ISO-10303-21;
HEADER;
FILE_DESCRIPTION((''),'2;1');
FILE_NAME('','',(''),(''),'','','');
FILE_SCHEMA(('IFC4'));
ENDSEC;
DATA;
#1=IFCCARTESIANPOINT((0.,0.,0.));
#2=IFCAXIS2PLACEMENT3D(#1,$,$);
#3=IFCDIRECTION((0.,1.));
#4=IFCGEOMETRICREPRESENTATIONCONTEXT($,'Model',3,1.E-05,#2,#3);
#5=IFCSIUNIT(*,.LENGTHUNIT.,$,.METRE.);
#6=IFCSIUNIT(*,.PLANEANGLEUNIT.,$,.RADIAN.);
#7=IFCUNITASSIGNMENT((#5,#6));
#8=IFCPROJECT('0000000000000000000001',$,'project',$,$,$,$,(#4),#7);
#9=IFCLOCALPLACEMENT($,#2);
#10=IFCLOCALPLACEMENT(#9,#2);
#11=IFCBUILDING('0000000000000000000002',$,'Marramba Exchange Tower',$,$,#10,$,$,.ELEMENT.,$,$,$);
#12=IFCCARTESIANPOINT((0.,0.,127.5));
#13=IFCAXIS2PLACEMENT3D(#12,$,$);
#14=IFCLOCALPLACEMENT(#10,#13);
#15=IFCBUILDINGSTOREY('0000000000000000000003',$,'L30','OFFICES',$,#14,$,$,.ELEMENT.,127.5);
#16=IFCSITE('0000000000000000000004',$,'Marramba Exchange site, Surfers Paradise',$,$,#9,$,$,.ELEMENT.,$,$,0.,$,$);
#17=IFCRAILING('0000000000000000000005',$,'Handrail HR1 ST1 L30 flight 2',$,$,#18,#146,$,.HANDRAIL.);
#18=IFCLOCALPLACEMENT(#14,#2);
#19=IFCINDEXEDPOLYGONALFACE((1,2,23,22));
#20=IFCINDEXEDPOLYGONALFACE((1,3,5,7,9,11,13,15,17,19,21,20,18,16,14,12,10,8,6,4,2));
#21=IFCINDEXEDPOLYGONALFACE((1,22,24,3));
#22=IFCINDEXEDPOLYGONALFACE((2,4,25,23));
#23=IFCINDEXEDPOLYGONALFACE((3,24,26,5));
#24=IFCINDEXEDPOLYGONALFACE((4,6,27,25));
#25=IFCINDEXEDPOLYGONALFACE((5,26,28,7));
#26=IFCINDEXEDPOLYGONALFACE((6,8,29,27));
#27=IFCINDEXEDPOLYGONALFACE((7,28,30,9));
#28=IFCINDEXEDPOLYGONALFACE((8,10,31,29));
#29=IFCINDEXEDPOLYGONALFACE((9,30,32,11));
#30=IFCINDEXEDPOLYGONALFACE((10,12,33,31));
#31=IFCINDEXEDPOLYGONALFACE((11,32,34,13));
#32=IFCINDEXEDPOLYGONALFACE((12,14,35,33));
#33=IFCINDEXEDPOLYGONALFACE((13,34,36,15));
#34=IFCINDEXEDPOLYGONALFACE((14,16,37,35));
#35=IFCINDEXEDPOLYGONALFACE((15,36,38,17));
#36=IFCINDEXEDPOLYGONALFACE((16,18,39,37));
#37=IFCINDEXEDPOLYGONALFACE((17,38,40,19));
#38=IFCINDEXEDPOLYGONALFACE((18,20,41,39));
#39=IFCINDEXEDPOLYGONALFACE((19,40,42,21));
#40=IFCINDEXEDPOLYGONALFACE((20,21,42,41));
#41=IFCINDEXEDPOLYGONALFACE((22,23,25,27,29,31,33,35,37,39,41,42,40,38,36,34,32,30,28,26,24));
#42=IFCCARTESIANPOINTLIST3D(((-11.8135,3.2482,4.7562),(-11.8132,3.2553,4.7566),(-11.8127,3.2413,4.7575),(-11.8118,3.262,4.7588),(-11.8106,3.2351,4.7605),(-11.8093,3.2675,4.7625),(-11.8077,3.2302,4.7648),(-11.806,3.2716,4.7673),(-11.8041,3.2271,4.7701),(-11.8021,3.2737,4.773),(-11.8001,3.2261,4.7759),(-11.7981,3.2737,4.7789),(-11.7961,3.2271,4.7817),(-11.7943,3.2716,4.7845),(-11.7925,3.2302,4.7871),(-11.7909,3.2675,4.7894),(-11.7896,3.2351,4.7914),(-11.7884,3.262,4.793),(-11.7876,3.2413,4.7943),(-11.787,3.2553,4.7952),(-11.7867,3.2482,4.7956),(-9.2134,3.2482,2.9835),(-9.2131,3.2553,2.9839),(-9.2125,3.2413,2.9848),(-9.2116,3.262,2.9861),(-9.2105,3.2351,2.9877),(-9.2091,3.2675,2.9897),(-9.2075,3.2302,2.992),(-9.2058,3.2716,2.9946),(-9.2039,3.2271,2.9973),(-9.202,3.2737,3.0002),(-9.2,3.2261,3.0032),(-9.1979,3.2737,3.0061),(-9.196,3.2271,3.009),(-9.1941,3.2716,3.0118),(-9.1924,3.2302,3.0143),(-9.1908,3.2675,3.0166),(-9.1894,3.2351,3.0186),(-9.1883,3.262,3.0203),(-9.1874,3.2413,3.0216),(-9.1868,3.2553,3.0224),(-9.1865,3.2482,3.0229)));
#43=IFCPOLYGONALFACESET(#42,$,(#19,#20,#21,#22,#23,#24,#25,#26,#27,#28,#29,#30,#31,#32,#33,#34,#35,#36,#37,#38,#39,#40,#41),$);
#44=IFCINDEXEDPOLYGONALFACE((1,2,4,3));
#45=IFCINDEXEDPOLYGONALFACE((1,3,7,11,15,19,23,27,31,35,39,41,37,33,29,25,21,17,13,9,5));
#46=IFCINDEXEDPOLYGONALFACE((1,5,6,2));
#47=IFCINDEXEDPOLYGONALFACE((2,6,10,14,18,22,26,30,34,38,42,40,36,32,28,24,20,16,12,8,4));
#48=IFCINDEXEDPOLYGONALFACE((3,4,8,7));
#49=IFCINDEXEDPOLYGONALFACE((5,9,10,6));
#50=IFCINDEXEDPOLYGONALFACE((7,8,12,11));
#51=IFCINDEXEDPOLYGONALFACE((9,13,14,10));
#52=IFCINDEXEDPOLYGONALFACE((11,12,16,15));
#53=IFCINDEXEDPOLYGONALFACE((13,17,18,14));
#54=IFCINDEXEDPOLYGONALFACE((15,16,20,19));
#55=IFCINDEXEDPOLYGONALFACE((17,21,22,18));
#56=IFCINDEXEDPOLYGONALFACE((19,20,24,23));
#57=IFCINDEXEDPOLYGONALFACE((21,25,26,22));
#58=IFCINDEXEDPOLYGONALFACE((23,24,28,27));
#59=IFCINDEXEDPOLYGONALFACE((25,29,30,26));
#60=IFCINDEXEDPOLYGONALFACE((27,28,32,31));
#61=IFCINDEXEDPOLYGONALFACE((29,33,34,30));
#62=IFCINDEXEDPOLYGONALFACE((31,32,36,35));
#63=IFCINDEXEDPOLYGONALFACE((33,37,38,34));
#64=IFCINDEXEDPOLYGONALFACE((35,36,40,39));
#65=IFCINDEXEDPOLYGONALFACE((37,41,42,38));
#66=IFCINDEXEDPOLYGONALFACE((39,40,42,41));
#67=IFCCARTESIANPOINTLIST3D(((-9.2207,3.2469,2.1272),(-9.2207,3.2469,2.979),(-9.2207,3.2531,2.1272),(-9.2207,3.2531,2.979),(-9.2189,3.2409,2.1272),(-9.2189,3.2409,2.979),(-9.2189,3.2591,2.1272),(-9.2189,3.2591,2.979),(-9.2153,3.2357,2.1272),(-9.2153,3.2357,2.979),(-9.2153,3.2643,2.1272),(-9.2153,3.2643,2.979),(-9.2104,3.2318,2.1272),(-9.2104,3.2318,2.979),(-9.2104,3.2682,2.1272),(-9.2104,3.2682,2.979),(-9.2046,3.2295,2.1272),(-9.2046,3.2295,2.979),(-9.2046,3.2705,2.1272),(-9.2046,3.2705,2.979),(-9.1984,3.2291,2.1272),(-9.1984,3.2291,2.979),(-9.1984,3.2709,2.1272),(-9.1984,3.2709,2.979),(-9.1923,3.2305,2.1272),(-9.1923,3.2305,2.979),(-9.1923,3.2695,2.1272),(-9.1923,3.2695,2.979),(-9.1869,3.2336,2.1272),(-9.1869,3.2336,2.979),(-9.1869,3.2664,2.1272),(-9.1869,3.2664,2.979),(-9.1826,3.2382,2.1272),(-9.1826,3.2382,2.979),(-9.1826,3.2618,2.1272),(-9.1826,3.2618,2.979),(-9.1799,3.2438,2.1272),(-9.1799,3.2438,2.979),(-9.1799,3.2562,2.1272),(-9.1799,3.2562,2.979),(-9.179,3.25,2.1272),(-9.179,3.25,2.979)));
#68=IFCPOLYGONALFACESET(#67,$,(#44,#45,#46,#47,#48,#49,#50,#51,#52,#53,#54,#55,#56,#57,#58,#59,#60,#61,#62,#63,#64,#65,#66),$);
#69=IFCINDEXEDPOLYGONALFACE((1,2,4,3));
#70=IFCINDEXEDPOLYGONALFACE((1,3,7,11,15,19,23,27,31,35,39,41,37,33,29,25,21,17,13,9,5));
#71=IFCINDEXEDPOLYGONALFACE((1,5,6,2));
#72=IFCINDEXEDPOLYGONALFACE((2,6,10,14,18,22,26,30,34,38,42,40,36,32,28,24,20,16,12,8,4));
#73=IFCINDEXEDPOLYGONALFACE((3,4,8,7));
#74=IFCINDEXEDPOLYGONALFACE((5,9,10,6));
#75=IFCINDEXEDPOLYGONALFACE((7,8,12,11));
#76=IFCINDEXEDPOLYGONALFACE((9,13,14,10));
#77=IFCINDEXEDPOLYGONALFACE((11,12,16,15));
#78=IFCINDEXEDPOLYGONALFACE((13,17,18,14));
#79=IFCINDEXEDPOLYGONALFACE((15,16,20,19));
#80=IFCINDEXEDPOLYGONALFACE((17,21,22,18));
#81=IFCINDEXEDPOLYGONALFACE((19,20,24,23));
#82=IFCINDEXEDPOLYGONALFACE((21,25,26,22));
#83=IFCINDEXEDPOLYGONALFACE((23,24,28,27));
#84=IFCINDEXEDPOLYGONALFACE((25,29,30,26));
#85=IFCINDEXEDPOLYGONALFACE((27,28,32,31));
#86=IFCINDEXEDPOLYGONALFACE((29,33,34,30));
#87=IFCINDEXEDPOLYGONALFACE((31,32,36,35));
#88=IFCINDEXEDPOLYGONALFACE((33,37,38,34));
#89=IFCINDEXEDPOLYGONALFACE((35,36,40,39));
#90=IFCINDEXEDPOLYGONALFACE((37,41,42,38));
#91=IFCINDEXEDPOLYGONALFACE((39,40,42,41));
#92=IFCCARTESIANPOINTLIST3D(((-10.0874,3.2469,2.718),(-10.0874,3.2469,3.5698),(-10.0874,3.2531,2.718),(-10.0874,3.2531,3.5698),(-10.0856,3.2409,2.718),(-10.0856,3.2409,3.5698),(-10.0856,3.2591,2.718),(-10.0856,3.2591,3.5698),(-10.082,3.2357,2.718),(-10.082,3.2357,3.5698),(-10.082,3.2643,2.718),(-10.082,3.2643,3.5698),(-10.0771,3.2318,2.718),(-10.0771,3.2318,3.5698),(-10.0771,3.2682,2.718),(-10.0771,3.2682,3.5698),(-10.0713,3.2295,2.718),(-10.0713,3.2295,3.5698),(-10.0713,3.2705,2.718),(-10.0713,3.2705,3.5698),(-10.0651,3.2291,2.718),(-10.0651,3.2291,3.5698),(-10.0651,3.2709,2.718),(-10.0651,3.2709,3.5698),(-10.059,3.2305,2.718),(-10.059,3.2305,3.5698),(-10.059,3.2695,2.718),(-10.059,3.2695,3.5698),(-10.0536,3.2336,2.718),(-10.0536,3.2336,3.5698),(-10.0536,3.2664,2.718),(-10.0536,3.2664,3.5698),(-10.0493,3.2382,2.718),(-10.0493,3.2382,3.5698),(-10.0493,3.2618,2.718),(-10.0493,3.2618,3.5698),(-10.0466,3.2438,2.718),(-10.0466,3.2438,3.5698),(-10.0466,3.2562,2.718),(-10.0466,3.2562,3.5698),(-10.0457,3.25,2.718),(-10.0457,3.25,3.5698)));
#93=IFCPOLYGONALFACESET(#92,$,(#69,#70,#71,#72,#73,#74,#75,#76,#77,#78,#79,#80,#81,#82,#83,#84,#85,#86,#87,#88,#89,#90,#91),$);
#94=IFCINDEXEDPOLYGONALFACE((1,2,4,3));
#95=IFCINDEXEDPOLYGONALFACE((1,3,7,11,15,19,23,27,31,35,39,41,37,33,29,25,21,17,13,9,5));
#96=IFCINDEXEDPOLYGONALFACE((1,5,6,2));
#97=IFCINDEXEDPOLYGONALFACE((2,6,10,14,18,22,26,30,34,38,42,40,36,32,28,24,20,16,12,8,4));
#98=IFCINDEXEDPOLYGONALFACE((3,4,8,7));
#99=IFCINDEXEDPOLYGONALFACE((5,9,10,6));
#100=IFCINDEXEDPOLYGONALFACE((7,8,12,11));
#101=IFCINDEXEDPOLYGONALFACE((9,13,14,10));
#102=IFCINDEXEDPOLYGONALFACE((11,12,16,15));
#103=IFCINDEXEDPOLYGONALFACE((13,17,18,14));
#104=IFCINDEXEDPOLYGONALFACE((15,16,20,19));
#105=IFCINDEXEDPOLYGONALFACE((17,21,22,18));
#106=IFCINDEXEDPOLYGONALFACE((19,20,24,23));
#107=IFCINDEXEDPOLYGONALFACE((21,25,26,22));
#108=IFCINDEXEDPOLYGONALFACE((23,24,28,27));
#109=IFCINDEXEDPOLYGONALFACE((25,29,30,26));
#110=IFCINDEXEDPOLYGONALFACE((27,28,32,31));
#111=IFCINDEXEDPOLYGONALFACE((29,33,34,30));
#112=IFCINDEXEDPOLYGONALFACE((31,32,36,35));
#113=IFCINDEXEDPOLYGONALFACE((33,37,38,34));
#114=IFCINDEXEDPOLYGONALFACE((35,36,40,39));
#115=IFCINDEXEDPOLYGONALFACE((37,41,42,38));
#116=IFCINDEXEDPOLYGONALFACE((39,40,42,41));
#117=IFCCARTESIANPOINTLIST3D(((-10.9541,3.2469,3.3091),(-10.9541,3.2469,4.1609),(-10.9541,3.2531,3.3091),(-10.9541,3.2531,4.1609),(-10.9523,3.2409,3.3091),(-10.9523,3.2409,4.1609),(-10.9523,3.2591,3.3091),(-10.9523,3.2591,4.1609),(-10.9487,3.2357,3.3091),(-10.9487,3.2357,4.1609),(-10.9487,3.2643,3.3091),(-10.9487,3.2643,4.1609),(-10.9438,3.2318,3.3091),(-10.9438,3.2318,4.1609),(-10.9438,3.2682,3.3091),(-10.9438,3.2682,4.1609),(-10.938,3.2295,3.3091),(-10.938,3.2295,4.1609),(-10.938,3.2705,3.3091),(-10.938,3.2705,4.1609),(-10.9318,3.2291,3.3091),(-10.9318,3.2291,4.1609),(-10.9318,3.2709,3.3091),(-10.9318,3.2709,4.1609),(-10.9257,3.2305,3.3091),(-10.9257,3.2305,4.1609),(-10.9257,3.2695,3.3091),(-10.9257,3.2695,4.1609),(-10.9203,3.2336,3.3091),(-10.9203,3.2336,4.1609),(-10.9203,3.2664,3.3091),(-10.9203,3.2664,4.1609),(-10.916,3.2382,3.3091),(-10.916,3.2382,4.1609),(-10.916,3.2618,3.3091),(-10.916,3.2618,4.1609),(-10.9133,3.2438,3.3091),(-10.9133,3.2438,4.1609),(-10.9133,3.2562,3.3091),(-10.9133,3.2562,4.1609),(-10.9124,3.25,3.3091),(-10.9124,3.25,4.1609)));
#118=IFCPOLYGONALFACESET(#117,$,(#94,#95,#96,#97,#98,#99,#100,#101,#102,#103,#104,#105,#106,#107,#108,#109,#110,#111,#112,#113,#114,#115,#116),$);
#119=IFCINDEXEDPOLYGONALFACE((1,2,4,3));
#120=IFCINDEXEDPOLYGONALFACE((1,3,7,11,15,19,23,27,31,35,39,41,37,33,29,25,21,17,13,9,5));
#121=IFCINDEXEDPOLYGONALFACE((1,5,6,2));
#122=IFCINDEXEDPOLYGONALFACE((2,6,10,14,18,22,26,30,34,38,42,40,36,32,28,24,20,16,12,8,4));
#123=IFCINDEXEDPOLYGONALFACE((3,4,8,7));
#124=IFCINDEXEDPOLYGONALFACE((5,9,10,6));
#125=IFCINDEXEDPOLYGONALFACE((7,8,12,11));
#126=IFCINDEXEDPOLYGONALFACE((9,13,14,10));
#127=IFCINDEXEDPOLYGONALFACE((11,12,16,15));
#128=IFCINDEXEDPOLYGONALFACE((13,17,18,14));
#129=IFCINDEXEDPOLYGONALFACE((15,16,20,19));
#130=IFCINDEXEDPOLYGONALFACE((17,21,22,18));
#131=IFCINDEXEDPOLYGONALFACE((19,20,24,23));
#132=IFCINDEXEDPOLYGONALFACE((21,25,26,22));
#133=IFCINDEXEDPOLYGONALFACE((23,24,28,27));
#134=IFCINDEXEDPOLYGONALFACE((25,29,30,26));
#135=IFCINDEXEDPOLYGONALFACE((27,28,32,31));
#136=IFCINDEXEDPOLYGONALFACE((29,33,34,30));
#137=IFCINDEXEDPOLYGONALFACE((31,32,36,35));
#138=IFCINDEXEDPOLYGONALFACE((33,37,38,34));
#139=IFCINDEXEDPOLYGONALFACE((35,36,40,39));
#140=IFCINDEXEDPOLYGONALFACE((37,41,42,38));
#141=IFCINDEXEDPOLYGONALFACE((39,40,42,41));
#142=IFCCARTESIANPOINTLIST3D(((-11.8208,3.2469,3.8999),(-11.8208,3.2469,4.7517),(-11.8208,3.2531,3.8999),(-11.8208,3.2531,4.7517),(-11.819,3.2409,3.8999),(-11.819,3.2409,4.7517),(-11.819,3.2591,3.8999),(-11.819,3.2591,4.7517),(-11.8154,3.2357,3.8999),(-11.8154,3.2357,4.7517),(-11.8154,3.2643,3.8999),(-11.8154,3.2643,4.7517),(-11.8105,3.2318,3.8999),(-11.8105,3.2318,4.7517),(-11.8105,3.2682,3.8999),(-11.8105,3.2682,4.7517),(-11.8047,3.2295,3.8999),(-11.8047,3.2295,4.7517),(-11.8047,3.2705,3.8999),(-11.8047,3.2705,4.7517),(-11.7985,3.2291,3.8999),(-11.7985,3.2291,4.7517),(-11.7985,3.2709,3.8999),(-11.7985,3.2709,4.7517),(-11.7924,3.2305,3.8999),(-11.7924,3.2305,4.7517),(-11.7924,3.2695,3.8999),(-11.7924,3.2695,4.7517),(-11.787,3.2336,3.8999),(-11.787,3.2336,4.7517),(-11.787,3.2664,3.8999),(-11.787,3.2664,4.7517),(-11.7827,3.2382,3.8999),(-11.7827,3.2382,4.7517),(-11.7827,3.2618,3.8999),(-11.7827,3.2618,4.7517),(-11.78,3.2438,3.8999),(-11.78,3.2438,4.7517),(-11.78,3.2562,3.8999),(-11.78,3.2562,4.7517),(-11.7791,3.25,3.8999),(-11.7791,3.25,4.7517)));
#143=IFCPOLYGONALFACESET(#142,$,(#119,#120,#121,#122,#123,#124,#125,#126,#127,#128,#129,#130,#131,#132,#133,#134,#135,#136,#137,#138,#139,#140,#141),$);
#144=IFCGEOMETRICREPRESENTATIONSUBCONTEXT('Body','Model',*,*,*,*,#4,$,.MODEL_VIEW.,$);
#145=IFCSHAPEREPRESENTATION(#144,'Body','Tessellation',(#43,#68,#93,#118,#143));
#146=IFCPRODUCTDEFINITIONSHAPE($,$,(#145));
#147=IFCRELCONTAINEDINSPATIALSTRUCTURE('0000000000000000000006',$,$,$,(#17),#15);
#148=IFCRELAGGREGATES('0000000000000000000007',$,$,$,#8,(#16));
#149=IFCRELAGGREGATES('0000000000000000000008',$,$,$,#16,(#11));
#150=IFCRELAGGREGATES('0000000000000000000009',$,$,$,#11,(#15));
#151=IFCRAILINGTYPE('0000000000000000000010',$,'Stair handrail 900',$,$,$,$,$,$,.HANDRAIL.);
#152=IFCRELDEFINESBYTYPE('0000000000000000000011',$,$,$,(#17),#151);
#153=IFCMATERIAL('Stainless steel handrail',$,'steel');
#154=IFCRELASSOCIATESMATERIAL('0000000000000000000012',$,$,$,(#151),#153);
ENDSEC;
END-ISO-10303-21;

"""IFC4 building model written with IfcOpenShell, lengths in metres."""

from ifc_helpers import new_model, si_unit, direction, frame, origin, origin_2d, place, context, subcontext, project, spatial, circle, extrude, material, type_object, element, save


model = new_model("IFC4")

# Units and contexts
model_context = context("Model", 3, precision=1e-05, world=origin(), true_north=direction((0.0, 1.0)))
body_context = subcontext(model_context, "Body", "Model", "MODEL_VIEW")
ifc_project = project(units=[si_unit("LENGTHUNIT", "METRE"), si_unit("PLANEANGLEUNIT", "RADIAN")], contexts=[model_context])

# Site, building, storey
site_placement = place(None, origin())
site = spatial("IfcSite", under=ifc_project, at=site_placement, Name="Marramba Exchange site, Surfers Paradise", CompositionType="ELEMENT", RefElevation=0.0)
building_placement = place(site_placement, origin())
building = spatial("IfcBuilding", under=site, at=building_placement, Name="Marramba Exchange Tower", CompositionType="ELEMENT")
storey_placement = place(building_placement, frame((0.0, 0.0, 127.5)))
storey = spatial("IfcBuildingStorey", under=building, at=storey_placement, Name="L30", Description="OFFICES", CompositionType="ELEMENT", Elevation=127.5)

# Railing
ifc_material_1 = material(Name="Stainless steel handrail", Category="steel")
railing_type = type_object("IfcRailingType", Name="Stair handrail 900", PredefinedType="HANDRAIL", material=ifc_material_1)
railing_placement = place(storey_placement, frame((-9.2, 3.25, 2.1272)))
element("IfcRailing", 1, at=railing_placement, inside=storey, type_object=railing_type, Name="Handrail HR1 ST1 L30 flight 2", PredefinedType="HANDRAIL", context=body_context, shape_type="SweptSolid", body=[
    extrude(circle(Radius=0.0239, at=origin_2d()), frame((0.0, 0.0, 0.876), z_axis=(-0.82624, 0.0, 0.563318), x_axis=(0.0, -1.0, 0.0)), (0.0, 0.0, 1.0), 3.147),
    extrude(circle(Radius=0.021, at=origin_2d()), origin(), (0.0, 0.0, 1.0), 0.8518),
    extrude(circle(Radius=0.021, at=origin_2d()), frame((-0.8667, 0.0, 0.5908)), (0.0, 0.0, 1.0), 0.8518),
    extrude(circle(Radius=0.021, at=origin_2d()), frame((-1.7334, 0.0, 1.1819)), (0.0, 0.0, 1.0), 0.8518),
    extrude(circle(Radius=0.021, at=origin_2d()), frame((-2.6001, 0.0, 1.7727)), (0.0, 0.0, 1.0), 0.8518),
])

save(model, "model.ifc")
